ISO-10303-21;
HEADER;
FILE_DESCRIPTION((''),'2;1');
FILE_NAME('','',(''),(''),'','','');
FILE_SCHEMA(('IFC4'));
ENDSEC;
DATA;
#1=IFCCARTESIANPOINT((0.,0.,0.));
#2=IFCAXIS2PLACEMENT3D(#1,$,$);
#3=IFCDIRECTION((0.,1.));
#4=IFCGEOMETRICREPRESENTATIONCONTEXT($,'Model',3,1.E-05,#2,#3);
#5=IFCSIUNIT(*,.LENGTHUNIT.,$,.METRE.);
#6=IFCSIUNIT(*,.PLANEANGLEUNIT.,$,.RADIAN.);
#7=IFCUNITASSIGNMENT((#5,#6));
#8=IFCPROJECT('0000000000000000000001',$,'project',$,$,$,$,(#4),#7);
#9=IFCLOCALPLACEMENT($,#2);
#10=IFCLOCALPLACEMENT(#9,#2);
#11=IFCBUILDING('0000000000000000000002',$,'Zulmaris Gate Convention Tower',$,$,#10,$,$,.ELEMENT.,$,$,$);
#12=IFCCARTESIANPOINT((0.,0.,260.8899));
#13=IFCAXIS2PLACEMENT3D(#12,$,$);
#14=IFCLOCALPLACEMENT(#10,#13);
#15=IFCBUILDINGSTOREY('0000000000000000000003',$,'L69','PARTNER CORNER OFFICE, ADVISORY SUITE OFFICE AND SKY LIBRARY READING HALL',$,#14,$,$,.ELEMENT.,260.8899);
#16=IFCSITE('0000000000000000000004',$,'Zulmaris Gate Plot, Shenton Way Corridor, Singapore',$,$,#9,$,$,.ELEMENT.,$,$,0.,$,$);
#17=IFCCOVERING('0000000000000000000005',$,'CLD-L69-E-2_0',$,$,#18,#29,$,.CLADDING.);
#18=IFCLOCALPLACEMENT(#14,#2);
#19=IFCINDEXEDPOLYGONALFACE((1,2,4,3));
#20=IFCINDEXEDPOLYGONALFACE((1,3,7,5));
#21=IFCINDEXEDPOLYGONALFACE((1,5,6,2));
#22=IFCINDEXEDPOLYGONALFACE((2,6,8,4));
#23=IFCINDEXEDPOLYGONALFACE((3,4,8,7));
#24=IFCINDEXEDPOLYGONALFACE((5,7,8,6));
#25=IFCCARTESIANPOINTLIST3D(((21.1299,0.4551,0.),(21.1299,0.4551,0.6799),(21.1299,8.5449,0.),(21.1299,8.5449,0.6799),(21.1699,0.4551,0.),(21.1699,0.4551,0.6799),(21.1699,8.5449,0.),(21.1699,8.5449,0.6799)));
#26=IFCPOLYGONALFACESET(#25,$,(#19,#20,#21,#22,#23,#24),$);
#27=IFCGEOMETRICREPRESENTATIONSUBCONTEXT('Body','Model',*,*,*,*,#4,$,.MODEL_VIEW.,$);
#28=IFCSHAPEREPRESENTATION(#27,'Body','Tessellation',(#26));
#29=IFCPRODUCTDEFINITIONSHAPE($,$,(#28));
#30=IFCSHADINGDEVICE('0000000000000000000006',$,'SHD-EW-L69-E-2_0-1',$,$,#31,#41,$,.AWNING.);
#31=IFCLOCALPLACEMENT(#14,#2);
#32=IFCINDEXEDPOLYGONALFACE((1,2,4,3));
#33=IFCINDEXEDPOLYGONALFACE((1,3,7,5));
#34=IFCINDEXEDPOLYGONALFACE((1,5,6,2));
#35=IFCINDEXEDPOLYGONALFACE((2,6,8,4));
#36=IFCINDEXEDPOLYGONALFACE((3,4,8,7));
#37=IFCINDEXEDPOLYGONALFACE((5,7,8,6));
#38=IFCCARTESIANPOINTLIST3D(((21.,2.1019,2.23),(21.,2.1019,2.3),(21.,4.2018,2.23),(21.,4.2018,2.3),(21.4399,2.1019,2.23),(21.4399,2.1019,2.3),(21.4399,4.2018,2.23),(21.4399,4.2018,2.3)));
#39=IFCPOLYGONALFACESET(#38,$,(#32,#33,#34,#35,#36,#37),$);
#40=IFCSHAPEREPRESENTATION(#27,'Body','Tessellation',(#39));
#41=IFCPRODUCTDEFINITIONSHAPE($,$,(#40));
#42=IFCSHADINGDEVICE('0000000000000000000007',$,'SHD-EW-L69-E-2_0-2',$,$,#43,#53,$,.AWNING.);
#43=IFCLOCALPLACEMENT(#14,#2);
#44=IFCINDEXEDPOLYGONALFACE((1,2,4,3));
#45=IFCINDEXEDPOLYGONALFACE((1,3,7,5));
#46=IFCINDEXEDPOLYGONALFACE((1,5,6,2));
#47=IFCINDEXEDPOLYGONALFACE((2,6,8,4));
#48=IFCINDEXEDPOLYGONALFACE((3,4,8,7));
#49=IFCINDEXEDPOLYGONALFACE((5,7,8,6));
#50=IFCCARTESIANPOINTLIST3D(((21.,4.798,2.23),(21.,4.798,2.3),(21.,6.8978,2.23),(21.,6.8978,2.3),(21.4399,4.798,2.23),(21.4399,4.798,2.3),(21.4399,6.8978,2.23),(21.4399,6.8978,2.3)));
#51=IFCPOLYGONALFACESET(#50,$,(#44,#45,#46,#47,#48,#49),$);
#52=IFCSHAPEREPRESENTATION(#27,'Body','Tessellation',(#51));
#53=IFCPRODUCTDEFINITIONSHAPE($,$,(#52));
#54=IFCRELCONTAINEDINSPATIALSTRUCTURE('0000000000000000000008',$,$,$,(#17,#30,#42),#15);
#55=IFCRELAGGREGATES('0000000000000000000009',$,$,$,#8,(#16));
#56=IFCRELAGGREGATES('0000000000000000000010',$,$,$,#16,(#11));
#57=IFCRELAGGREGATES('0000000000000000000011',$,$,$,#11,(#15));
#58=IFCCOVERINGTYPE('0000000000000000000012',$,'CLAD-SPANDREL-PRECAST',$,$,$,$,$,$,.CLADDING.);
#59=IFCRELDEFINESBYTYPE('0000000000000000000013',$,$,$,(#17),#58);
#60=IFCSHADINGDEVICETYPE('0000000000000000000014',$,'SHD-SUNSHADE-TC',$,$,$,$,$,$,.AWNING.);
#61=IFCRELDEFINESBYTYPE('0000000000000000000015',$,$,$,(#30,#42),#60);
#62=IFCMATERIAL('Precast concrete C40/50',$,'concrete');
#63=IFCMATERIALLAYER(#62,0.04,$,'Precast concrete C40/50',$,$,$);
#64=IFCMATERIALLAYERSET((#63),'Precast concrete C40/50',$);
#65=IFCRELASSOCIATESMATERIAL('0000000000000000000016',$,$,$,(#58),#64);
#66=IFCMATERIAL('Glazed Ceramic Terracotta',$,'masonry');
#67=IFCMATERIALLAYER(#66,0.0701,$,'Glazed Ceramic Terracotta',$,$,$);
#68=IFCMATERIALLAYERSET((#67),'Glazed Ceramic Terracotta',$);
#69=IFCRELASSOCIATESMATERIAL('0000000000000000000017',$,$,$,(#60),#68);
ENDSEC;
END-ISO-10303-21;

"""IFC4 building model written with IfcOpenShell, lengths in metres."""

from ifc_helpers import new_model, si_unit, direction, frame, frame_2d, origin, place, context, subcontext, project, spatial, rectangle, extrude, material, layer, layer_set, type_object, element, save


model = new_model("IFC4")

# Units and contexts
model_context = context("Model", 3, precision=1e-05, world=origin(), true_north=direction((0.0, 1.0)))
body_context = subcontext(model_context, "Body", "Model", "MODEL_VIEW")
ifc_project = project(units=[si_unit("LENGTHUNIT", "METRE"), si_unit("PLANEANGLEUNIT", "RADIAN")], contexts=[model_context])

# Site, building, storey
site_placement = place(None, origin())
site = spatial("IfcSite", under=ifc_project, at=site_placement, Name="Zulmaris Gate Plot, Shenton Way Corridor, Singapore", CompositionType="ELEMENT", RefElevation=0.0)
building_placement = place(site_placement, origin())
building = spatial("IfcBuilding", under=site, at=building_placement, Name="Zulmaris Gate Convention Tower", CompositionType="ELEMENT")
storey_placement = place(building_placement, frame((0.0, 0.0, 260.8899)))
storey = spatial("IfcBuildingStorey", under=building, at=storey_placement, Name="L69", Description="PARTNER CORNER OFFICE, ADVISORY SUITE OFFICE AND SKY LIBRARY READING HALL", CompositionType="ELEMENT", Elevation=260.8899)

# Shared definitions
ifc_material_1 = material(Name="Precast concrete C40/50", Category="concrete")

# Covering
ifc_layer_1 = layer(ifc_material_1, 0.04, Name="Precast concrete C40/50")
ifc_layer_set_1 = layer_set([ifc_layer_1], Name="Precast concrete C40/50")
covering_type = type_object("IfcCoveringType", Name="CLAD-SPANDREL-PRECAST", PredefinedType="CLADDING", material=ifc_layer_set_1)
covering_placement = place(storey_placement, frame((21.1499, 0.4551, 0.0), z_axis=(0.0, 0.0, 1.0), x_axis=(0.0, 1.0, 0.0)))
element("IfcCovering", 1, at=covering_placement, inside=storey, type_object=covering_type, Name="CLD-L69-E-2_0", PredefinedType="CLADDING", context=body_context, shape_type="SweptSolid", body=[
    extrude(rectangle(XDim=8.0898, YDim=0.04, at=frame_2d((4.0449, 0.0))), origin(), (0.0, 0.0, 1.0), 0.6799),
])

# Shading devices
ifc_material_2 = material(Name="Glazed Ceramic Terracotta", Category="masonry")
ifc_layer_2 = layer(ifc_material_2, 0.0701, Name="Glazed Ceramic Terracotta")
ifc_layer_set_2 = layer_set([ifc_layer_2], Name="Glazed Ceramic Terracotta")
shading_device_type = type_object("IfcShadingDeviceType", Name="SHD-SUNSHADE-TC", PredefinedType="AWNING", material=ifc_layer_set_2)
for number, where, z_axis, x_axis, name in (
    (2, (21.22, 2.1021, 2.23), (0.0, 0.0, 1.0), (0.0, 1.0, 0.0), "SHD-EW-L69-E-2_0-1"),
    (3, (21.22, 4.7981, 2.23), (0.0, 0.0, 1.0), (0.0, 1.0, 0.0), "SHD-EW-L69-E-2_0-2"),
):
    element("IfcShadingDevice", number, at=place(storey_placement, frame(where, z_axis=z_axis, x_axis=x_axis)), inside=storey, type_object=shading_device_type, Name=name, PredefinedType="AWNING", context=body_context, shape_type="SweptSolid", body=[
        extrude(rectangle(XDim=2.0999, YDim=0.4399, at=frame_2d((1.0498, 0.0))), origin(), (0.0, 0.0, 1.0), 0.0701),
    ])

save(model, "model.ifc")
